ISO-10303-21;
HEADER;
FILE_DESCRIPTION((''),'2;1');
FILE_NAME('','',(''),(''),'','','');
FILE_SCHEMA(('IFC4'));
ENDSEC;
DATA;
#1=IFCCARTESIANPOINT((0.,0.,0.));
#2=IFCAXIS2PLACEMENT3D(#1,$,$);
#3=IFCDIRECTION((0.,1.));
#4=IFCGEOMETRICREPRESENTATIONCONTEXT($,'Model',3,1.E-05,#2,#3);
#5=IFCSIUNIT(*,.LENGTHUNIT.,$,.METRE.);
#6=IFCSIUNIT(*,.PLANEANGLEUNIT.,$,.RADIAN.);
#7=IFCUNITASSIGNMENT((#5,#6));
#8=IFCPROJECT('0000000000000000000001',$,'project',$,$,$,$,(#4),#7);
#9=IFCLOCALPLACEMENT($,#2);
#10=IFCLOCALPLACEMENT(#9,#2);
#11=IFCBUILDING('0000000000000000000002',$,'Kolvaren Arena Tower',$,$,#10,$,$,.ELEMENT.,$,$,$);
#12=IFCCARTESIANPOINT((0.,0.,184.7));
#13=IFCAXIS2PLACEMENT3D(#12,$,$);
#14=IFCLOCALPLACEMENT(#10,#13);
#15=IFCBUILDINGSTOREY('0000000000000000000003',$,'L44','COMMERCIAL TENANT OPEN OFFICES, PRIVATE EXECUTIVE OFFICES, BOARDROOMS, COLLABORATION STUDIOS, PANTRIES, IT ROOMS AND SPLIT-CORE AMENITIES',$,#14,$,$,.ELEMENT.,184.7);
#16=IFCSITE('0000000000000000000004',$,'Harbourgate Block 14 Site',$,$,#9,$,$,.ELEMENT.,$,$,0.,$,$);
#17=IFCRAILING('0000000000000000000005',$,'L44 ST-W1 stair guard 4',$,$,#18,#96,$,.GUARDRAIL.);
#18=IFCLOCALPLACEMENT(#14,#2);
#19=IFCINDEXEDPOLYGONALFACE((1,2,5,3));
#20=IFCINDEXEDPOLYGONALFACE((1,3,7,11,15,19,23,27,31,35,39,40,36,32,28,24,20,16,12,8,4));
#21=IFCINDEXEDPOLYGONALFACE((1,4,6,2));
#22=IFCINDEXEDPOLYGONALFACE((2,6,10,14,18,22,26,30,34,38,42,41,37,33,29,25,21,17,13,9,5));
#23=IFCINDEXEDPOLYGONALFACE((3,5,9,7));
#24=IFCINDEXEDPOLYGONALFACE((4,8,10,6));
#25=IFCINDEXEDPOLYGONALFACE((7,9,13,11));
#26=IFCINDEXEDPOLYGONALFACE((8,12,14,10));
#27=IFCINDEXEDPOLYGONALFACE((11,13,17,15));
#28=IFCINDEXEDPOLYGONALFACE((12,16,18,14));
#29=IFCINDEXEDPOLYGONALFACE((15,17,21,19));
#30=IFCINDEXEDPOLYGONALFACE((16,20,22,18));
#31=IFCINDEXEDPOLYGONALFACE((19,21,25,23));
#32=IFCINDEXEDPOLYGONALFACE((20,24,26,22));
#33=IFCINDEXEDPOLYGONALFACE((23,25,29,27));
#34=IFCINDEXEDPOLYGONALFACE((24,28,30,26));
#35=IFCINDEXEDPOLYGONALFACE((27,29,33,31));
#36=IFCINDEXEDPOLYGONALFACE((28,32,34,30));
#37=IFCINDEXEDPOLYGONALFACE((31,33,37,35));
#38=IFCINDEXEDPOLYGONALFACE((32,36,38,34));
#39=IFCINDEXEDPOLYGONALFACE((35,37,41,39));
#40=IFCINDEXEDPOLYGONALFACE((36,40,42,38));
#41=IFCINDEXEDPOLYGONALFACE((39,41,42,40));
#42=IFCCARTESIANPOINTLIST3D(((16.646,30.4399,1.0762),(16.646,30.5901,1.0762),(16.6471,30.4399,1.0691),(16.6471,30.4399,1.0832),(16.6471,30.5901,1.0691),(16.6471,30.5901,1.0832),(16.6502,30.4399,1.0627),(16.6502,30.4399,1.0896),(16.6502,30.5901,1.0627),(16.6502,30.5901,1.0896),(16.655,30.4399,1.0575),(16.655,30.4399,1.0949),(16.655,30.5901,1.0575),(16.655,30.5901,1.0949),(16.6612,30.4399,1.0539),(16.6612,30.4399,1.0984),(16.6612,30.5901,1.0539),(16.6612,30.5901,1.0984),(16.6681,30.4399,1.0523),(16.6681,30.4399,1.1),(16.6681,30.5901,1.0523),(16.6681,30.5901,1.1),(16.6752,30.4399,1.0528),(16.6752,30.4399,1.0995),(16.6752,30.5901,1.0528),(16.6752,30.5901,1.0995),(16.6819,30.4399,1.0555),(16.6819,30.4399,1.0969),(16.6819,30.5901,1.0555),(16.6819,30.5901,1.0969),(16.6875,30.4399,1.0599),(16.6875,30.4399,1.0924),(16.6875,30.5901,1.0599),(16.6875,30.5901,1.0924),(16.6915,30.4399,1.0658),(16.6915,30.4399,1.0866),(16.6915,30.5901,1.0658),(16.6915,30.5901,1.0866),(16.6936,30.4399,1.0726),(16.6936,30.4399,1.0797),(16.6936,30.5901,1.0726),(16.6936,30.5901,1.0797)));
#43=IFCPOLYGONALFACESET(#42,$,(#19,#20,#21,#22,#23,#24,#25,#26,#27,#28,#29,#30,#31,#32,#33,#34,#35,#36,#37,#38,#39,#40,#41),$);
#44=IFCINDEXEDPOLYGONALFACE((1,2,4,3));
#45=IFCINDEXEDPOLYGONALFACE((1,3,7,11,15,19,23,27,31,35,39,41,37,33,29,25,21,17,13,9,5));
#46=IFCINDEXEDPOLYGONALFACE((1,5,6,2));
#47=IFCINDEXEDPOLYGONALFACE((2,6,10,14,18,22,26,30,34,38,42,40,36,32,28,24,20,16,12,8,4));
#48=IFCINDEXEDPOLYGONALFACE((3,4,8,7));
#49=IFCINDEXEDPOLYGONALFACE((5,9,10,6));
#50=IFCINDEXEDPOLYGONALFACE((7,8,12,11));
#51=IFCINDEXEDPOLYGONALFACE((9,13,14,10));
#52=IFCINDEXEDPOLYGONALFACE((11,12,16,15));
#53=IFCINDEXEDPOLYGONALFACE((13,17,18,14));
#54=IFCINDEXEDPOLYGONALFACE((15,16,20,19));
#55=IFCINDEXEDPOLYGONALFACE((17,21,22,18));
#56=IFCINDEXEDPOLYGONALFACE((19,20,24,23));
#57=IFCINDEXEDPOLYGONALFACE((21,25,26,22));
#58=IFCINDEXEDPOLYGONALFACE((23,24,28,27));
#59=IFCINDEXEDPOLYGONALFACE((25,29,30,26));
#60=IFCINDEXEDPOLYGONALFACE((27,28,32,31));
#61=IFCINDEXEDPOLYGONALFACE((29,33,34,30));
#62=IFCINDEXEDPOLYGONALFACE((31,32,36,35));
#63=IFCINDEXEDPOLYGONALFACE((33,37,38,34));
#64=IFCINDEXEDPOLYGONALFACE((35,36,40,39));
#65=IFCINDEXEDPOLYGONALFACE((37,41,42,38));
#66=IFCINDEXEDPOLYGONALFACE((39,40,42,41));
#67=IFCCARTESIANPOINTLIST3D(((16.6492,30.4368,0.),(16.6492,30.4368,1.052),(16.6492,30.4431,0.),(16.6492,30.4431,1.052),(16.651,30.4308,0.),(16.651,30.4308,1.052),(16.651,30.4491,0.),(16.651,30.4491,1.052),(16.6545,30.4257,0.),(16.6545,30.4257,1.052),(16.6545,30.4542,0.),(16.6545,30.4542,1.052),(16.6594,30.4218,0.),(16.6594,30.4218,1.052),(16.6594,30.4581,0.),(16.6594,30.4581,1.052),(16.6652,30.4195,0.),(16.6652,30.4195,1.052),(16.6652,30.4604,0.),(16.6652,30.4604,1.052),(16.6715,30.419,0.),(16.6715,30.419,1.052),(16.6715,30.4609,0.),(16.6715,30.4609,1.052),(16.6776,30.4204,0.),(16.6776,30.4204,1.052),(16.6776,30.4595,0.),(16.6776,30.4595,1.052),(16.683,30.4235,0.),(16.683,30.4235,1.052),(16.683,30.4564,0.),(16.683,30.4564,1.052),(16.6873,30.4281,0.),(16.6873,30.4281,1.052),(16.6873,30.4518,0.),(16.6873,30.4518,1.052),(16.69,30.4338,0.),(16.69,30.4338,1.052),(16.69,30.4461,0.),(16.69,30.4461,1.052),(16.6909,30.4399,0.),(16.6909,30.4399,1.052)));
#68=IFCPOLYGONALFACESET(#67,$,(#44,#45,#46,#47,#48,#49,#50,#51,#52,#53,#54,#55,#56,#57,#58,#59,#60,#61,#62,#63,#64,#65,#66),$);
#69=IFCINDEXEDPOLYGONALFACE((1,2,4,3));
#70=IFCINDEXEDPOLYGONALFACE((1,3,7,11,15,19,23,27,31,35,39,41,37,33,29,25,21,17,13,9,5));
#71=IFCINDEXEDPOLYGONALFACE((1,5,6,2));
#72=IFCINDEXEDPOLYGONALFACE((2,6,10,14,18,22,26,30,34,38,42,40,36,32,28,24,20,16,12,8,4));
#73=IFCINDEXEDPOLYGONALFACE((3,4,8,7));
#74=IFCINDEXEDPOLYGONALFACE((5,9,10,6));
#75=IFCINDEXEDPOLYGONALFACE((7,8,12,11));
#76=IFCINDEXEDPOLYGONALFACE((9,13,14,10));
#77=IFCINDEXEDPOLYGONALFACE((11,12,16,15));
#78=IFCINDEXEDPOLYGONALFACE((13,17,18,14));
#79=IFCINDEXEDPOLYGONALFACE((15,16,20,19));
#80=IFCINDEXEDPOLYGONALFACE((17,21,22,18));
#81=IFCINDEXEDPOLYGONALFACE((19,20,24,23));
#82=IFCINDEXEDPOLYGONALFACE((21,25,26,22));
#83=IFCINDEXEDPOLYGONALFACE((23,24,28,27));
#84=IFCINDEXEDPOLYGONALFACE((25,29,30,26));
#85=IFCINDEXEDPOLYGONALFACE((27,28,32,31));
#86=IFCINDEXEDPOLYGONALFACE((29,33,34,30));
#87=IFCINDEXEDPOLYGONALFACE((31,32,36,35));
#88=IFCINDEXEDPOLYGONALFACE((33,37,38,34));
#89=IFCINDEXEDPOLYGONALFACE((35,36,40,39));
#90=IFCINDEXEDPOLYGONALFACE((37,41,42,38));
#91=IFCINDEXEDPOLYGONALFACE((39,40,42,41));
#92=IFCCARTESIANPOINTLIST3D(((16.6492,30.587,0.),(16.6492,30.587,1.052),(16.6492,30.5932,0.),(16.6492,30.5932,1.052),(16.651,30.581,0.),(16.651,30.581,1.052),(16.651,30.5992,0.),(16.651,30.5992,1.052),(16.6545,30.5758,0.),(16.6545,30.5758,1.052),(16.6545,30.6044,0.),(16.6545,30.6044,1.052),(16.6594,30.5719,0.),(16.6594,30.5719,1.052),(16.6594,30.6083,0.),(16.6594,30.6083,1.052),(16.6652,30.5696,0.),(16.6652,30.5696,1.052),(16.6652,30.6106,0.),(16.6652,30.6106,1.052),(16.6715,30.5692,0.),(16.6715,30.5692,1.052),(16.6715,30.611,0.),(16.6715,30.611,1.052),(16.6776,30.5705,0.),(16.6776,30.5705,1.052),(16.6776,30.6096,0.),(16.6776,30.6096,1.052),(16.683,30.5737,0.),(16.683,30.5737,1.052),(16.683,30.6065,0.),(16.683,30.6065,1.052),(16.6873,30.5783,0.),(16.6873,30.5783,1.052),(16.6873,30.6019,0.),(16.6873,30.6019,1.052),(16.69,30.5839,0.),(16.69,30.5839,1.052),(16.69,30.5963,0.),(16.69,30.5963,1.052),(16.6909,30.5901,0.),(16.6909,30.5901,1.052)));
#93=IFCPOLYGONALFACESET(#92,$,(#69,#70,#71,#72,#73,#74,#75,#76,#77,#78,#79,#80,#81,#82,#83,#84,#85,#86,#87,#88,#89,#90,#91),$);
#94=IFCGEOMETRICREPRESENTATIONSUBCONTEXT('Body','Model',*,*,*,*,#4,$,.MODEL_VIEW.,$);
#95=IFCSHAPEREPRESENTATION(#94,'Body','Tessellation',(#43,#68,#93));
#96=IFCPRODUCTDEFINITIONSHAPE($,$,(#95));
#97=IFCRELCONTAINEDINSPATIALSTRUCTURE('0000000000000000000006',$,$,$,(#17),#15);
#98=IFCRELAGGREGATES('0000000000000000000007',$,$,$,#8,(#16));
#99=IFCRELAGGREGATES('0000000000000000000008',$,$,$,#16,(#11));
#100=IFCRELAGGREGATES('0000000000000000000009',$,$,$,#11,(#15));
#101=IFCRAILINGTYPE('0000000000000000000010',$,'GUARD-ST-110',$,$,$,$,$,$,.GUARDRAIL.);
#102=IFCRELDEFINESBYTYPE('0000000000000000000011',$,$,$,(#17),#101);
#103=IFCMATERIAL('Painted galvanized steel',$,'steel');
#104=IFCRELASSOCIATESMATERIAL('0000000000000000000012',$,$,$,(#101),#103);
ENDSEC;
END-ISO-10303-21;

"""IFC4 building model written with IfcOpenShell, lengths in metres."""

from ifc_helpers import new_model, si_unit, direction, frame, origin, origin_2d, place, context, subcontext, project, spatial, circle, extrude, material, type_object, element, save


model = new_model("IFC4")

# Units and contexts
model_context = context("Model", 3, precision=1e-05, world=origin(), true_north=direction((0.0, 1.0)))
body_context = subcontext(model_context, "Body", "Model", "MODEL_VIEW")
ifc_project = project(units=[si_unit("LENGTHUNIT", "METRE"), si_unit("PLANEANGLEUNIT", "RADIAN")], contexts=[model_context])

# Site, building, storey
site_placement = place(None, origin())
site = spatial("IfcSite", under=ifc_project, at=site_placement, Name="Harbourgate Block 14 Site", CompositionType="ELEMENT", RefElevation=0.0)
building_placement = place(site_placement, origin())
building = spatial("IfcBuilding", under=site, at=building_placement, Name="Kolvaren Arena Tower", CompositionType="ELEMENT")
storey_placement = place(building_placement, frame((0.0, 0.0, 184.7)))
storey = spatial("IfcBuildingStorey", under=building, at=storey_placement, Name="L44", Description="COMMERCIAL TENANT OPEN OFFICES, PRIVATE EXECUTIVE OFFICES, BOARDROOMS, COLLABORATION STUDIOS, PANTRIES, IT ROOMS AND SPLIT-CORE AMENITIES", CompositionType="ELEMENT", Elevation=184.7)

# Railing
ifc_material_1 = material(Name="Painted galvanized steel", Category="steel")
railing_type_1 = type_object("IfcRailingType", Name="GUARD-ST-110", PredefinedType="GUARDRAIL", material=ifc_material_1)
railing_1_placement = place(storey_placement, frame((16.6699, 30.4399, 0.0)))
element("IfcRailing", 1, at=railing_1_placement, inside=storey, type_object=railing_type_1, Name="L44 ST-W1 stair guard 4", PredefinedType="GUARDRAIL", context=body_context, shape_type="SweptSolid", body=[
    extrude(circle(Radius=0.0239, at=origin_2d()), frame((0.0, 0.0, 1.0762), z_axis=(0.0, 1.0, 0.0), x_axis=(-1.0, 0.0, 0.0)), (0.0, 0.0, 1.0), 0.1501),
    extrude(circle(Radius=0.021, at=origin_2d()), origin(), (0.0, 0.0, 1.0), 1.052),
    extrude(circle(Radius=0.021, at=origin_2d()), frame((0.0, 0.1501, 0.0)), (0.0, 0.0, 1.0), 1.052),
])

save(model, "model.ifc")
